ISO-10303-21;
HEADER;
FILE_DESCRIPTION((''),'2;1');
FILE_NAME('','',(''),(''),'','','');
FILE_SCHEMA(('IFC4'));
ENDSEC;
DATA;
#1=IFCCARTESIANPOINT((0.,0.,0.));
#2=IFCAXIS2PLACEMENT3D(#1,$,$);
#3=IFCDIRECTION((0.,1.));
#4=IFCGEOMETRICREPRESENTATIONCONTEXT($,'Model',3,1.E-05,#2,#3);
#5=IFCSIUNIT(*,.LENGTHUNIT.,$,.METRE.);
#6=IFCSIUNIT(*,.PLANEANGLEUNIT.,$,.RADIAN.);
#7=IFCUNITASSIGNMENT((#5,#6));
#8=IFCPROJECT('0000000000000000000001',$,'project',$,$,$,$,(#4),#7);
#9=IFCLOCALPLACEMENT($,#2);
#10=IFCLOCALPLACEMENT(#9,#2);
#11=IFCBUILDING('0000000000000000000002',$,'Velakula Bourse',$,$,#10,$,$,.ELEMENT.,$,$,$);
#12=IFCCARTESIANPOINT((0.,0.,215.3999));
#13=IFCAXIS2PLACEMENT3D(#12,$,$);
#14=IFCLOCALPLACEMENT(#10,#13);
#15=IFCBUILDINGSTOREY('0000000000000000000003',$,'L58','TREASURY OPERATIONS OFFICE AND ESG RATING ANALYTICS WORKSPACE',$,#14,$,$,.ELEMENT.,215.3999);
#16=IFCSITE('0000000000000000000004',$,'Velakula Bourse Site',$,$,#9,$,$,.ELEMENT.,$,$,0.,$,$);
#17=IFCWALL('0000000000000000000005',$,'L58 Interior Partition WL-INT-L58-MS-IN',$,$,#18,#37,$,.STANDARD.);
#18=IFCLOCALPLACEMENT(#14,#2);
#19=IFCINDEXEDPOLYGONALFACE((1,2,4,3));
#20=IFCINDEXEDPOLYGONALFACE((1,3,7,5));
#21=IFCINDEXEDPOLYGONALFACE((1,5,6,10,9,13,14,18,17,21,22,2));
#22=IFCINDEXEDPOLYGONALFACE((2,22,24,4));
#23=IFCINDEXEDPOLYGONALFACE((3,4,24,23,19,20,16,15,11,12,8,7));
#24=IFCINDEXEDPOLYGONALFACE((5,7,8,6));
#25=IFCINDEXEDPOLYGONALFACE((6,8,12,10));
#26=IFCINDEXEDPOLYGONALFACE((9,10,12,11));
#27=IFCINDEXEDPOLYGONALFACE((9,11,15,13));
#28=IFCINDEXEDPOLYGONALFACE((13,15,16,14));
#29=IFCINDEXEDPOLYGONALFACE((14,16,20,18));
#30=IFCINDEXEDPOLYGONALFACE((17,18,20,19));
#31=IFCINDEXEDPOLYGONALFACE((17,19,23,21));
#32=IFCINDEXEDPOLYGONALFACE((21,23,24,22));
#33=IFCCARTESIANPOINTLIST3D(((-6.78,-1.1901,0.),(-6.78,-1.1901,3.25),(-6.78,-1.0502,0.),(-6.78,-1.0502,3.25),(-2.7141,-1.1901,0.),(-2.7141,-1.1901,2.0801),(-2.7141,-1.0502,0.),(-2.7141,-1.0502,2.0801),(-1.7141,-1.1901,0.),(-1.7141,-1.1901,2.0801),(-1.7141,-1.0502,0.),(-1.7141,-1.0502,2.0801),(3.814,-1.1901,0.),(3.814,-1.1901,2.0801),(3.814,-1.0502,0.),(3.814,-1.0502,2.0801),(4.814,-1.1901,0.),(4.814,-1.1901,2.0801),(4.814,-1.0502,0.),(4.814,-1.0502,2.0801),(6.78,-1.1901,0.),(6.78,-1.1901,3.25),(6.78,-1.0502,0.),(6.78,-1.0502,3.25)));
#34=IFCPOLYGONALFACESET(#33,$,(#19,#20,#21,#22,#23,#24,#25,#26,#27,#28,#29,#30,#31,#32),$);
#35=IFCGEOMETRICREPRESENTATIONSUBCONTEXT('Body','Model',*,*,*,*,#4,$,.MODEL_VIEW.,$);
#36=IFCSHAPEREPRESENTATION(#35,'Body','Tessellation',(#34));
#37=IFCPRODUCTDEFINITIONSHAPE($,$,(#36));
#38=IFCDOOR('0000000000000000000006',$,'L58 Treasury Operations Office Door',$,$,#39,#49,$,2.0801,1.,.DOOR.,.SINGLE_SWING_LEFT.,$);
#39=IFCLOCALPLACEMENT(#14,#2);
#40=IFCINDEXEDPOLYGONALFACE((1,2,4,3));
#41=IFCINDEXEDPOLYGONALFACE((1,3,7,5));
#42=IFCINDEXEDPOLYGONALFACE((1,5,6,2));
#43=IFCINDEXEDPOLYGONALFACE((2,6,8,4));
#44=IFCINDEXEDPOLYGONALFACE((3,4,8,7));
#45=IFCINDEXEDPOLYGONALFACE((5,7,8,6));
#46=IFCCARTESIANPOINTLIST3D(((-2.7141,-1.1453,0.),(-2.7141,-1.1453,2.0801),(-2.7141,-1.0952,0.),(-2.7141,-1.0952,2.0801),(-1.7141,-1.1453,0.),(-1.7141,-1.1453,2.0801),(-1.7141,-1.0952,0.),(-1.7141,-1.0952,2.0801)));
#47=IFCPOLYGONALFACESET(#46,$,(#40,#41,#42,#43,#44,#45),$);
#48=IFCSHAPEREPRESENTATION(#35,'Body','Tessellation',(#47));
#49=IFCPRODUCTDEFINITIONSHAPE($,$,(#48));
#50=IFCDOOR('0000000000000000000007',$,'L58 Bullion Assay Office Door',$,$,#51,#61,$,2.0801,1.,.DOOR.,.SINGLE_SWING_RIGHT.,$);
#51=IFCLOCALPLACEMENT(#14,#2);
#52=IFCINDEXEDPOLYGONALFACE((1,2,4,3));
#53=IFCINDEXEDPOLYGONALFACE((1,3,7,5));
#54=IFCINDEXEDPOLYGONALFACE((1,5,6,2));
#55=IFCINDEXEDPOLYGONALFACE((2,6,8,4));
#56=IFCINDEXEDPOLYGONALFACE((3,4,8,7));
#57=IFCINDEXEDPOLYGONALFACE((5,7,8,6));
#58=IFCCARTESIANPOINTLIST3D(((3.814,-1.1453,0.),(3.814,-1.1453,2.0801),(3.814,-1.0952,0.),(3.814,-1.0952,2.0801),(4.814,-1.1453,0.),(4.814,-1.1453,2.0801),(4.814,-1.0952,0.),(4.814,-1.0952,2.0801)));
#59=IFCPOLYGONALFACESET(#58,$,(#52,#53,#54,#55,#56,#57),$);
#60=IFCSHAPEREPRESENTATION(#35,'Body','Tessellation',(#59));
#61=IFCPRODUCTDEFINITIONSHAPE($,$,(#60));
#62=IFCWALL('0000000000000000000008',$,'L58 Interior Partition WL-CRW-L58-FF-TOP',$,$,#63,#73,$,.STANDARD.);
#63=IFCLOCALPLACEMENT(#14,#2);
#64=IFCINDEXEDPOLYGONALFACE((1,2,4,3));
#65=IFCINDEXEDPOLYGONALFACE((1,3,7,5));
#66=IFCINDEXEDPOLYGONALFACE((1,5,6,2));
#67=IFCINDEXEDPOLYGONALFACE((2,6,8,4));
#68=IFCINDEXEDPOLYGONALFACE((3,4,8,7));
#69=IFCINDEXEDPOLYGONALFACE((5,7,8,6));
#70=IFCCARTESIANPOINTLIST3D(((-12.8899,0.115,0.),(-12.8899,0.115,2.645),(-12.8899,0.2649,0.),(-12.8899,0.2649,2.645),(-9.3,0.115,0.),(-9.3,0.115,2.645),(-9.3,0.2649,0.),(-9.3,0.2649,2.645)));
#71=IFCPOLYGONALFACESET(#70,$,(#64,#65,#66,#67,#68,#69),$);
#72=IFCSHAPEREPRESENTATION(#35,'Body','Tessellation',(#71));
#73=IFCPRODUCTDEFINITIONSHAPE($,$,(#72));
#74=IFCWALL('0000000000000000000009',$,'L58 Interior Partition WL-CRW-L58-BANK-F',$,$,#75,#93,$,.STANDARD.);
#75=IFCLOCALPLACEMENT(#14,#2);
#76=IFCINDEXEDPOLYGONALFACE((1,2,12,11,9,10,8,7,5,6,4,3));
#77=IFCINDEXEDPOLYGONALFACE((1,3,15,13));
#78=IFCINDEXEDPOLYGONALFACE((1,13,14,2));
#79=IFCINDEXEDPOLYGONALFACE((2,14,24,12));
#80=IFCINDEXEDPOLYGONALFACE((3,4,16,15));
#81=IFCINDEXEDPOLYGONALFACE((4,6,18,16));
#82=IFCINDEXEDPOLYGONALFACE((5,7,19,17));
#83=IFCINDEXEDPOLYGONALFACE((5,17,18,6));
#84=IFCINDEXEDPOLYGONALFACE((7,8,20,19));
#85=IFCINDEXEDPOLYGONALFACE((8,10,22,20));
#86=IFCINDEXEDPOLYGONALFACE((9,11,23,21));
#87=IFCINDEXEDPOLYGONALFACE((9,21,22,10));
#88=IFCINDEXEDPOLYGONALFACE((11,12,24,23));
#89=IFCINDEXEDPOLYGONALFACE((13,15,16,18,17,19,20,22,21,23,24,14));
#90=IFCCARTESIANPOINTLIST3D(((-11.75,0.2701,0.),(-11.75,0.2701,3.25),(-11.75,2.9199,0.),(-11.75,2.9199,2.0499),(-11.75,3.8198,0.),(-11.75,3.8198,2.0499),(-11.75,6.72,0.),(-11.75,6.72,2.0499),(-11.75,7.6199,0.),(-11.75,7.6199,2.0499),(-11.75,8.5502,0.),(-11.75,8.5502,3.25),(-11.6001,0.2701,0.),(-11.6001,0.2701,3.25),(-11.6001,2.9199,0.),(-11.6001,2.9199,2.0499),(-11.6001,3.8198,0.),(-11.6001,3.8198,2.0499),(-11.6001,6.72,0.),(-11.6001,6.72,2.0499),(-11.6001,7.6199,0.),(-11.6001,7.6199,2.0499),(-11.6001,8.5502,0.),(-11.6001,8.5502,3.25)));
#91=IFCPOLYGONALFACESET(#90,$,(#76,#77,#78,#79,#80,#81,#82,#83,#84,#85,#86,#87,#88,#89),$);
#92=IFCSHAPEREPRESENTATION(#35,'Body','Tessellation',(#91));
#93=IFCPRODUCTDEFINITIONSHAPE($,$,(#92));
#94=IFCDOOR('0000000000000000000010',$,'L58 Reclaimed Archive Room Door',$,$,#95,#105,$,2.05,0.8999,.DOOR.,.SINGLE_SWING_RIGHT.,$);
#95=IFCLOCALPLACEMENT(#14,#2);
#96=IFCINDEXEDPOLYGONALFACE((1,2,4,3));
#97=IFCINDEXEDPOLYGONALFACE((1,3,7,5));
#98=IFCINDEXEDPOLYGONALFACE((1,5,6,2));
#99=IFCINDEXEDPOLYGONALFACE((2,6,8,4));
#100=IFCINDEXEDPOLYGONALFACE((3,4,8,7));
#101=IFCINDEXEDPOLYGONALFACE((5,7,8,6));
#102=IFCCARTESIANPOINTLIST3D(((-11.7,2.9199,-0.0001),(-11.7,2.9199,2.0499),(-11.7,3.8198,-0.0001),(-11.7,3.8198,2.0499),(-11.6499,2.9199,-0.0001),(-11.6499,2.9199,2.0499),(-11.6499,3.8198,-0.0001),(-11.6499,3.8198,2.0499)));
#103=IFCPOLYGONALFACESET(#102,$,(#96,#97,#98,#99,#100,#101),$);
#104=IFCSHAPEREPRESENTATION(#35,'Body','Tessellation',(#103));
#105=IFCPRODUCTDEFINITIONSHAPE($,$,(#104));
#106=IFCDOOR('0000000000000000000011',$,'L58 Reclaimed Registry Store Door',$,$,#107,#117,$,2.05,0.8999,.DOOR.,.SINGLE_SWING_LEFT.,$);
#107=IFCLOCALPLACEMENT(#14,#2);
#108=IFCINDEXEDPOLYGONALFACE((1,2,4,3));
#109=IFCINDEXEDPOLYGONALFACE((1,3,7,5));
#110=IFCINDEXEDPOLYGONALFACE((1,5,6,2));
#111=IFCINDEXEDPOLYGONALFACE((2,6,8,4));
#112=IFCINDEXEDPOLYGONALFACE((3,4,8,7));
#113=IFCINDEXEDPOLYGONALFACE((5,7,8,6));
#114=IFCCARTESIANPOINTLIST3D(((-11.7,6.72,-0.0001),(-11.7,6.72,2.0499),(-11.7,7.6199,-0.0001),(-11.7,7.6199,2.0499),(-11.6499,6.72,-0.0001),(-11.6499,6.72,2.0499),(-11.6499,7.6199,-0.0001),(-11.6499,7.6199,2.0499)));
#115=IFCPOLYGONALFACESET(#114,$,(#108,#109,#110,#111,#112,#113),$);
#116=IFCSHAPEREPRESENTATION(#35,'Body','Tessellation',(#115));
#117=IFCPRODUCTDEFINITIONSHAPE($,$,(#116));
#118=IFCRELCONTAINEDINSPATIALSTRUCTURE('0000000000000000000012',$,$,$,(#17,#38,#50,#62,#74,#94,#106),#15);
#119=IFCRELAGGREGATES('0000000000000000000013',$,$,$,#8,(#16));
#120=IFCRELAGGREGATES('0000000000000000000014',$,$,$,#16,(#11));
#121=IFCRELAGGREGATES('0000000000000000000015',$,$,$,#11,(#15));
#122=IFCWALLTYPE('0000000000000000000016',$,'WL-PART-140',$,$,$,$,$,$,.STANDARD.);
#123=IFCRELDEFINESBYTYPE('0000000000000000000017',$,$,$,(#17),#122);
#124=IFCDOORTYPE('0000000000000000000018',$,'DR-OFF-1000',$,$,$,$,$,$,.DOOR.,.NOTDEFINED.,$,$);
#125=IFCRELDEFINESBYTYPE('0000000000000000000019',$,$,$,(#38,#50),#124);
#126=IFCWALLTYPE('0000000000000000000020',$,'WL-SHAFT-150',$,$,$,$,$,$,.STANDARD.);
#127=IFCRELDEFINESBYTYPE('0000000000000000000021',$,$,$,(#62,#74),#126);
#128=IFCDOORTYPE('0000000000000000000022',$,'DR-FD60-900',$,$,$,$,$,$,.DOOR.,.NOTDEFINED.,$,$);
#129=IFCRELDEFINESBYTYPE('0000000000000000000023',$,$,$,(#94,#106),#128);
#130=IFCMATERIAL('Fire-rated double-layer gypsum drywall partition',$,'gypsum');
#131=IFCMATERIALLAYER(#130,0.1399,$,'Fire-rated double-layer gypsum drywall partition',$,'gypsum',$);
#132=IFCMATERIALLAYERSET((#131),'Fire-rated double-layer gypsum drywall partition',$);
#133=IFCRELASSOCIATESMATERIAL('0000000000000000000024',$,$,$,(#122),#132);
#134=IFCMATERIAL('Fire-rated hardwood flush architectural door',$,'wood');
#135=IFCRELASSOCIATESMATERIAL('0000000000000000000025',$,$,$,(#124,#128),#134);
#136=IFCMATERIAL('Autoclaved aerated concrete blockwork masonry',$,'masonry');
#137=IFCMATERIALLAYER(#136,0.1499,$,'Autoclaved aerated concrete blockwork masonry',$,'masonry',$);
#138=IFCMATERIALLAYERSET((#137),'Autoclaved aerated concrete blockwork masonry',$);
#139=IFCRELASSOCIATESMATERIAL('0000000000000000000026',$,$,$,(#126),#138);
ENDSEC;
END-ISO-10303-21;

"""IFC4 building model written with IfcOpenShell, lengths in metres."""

from ifc_helpers import new_model, si_unit, direction, frame, frame_2d, origin, place, context, subcontext, project, spatial, rectangle, extrude, material, layer, layer_set, type_object, element, fill, save


model = new_model("IFC4")

# Units and contexts
model_context = context("Model", 3, precision=1e-05, world=origin(), true_north=direction((0.0, 1.0)))
body_context = subcontext(model_context, "Body", "Model", "MODEL_VIEW")
ifc_project = project(units=[si_unit("LENGTHUNIT", "METRE"), si_unit("PLANEANGLEUNIT", "RADIAN")], contexts=[model_context])

# Site, building, storey
site_placement = place(None, origin())
site = spatial("IfcSite", under=ifc_project, at=site_placement, Name="Velakula Bourse Site", CompositionType="ELEMENT", RefElevation=0.0)
building_placement = place(site_placement, origin())
building = spatial("IfcBuilding", under=site, at=building_placement, Name="Velakula Bourse", CompositionType="ELEMENT")
storey_placement = place(building_placement, frame((0.0, 0.0, 215.3999)))
storey = spatial("IfcBuildingStorey", under=building, at=storey_placement, Name="L58", Description="TREASURY OPERATIONS OFFICE AND ESG RATING ANALYTICS WORKSPACE", CompositionType="ELEMENT", Elevation=215.3999)

# Shared definitions
ifc_material_1 = material(Name="Fire-rated double-layer gypsum drywall partition", Category="gypsum")
ifc_material_2 = material(Name="Fire-rated hardwood flush architectural door", Category="wood")

# Shared definitions
ifc_layer_1 = layer(ifc_material_1, 0.1399, Name="Fire-rated double-layer gypsum drywall partition", Category="gypsum")
ifc_layer_set_1 = layer_set([ifc_layer_1], Name="Fire-rated double-layer gypsum drywall partition")
wall_type_1 = type_object("IfcWallType", Name="WL-PART-140", PredefinedType="STANDARD", material=ifc_layer_set_1)
door_type_1 = type_object("IfcDoorType", Name="DR-OFF-1000", OperationType="NOTDEFINED", PredefinedType="DOOR", material=ifc_material_2)

# Wall, openings, doors
wall_1_placement = place(storey_placement, frame((-6.78, -1.1201, 0.0), z_axis=(0.0, 0.0, 1.0), x_axis=(1.0, 0.0, 0.0)))
wall_1 = element("IfcWall", 1, at=wall_1_placement, inside=storey, type_object=wall_type_1, Name="L58 Interior Partition WL-INT-L58-MS-IN", PredefinedType="STANDARD", context=body_context, shape_type="SweptSolid", body=[
    extrude(rectangle(XDim=13.5601, YDim=0.1399, at=frame_2d((6.78, 0.0))), origin(), (0.0, 0.0, 1.0), 3.25),
])
opening_1_placement = place(wall_1_placement, frame((4.0659, 0.0, 0.0)))
opening_1 = element("IfcOpeningElement", 2, at=opening_1_placement, cuts=wall_1, PredefinedType="OPENING", context=body_context, shape_type="SweptSolid", body=[
    extrude(rectangle(XDim=1.0, YDim=2.0801, at=frame_2d((0.5, 1.04))), frame((0.0, 0.0798, 0.0), z_axis=(0.0, -1.0, 0.0), x_axis=(1.0, 0.0, 0.0)), (0.0, 0.0, 1.0), 0.1599),
])
opening_2_placement = place(wall_1_placement, frame((10.594, 0.0, 0.0)))
opening_2 = element("IfcOpeningElement", 3, at=opening_2_placement, cuts=wall_1, PredefinedType="OPENING", context=body_context, shape_type="SweptSolid", body=[
    extrude(rectangle(XDim=1.0, YDim=2.0801, at=frame_2d((0.5, 1.04))), frame((0.0, 0.0798, 0.0), z_axis=(0.0, -1.0, 0.0), x_axis=(1.0, 0.0, 0.0)), (0.0, 0.0, 1.0), 0.1599),
])
door_1_placement = place(opening_1_placement, origin())
door_1 = element("IfcDoor", 4, at=door_1_placement, inside=storey, type_object=door_type_1, Name="L58 Treasury Operations Office Door", OperationType="SINGLE_SWING_LEFT", OverallHeight=2.0801, OverallWidth=1.0, PredefinedType="DOOR", context=body_context, shape_type="SweptSolid", body=[
    extrude(rectangle(XDim=1.0, YDim=2.0801, at=frame_2d((0.5, 1.04))), frame((0.0, 0.0249, 0.0), z_axis=(0.0, -1.0, 0.0), x_axis=(1.0, 0.0, 0.0)), (0.0, 0.0, 1.0), 0.05),
])
fill(opening_1, door_1)
door_2_placement = place(opening_2_placement, origin())
door_2 = element("IfcDoor", 5, at=door_2_placement, inside=storey, type_object=door_type_1, Name="L58 Bullion Assay Office Door", OperationType="SINGLE_SWING_RIGHT", OverallHeight=2.0801, OverallWidth=1.0, PredefinedType="DOOR", context=body_context, shape_type="SweptSolid", body=[
    extrude(rectangle(XDim=1.0, YDim=2.0801, at=frame_2d((0.5, 1.04))), frame((0.0, 0.0249, 0.0), z_axis=(0.0, -1.0, 0.0), x_axis=(1.0, 0.0, 0.0)), (0.0, 0.0, 1.0), 0.05),
])
fill(opening_2, door_2)

# Wall
ifc_material_3 = material(Name="Autoclaved aerated concrete blockwork masonry", Category="masonry")
ifc_layer_2 = layer(ifc_material_3, 0.1499, Name="Autoclaved aerated concrete blockwork masonry", Category="masonry")
ifc_layer_set_2 = layer_set([ifc_layer_2], Name="Autoclaved aerated concrete blockwork masonry")
wall_type_2 = type_object("IfcWallType", Name="WL-SHAFT-150", PredefinedType="STANDARD", material=ifc_layer_set_2)
wall_2_placement = place(storey_placement, frame((-12.8899, 0.1899, 0.0), z_axis=(0.0, 0.0, 1.0), x_axis=(1.0, 0.0, 0.0)))
element("IfcWall", 6, at=wall_2_placement, inside=storey, type_object=wall_type_2, Name="L58 Interior Partition WL-CRW-L58-FF-TOP", PredefinedType="STANDARD", context=body_context, shape_type="SweptSolid", body=[
    extrude(rectangle(XDim=3.5898, YDim=0.1499, at=frame_2d((1.7949, 0.0))), origin(), (0.0, 0.0, 1.0), 2.645),
])

# Wall, openings, doors
wall_3_placement = place(storey_placement, frame((-11.675, 0.27, 0.0), z_axis=(0.0, 0.0, 1.0), x_axis=(0.0, 1.0, 0.0)))
wall_3 = element("IfcWall", 7, at=wall_3_placement, inside=storey, type_object=wall_type_2, Name="L58 Interior Partition WL-CRW-L58-BANK-F", PredefinedType="STANDARD", context=body_context, shape_type="SweptSolid", body=[
    extrude(rectangle(XDim=8.28, YDim=0.1499, at=frame_2d((4.1401, 0.0))), origin(), (0.0, 0.0, 1.0), 3.25),
])
opening_3_placement = place(wall_3_placement, frame((2.6499, 0.0, 0.0)))
opening_3 = element("IfcOpeningElement", 8, at=opening_3_placement, cuts=wall_3, PredefinedType="OPENING", context=body_context, shape_type="SweptSolid", body=[
    extrude(rectangle(XDim=0.8999, YDim=2.05, at=frame_2d((0.45, 1.0249))), frame((0.0, 0.085, 0.0), z_axis=(0.0, -1.0, 0.0), x_axis=(1.0, 0.0, 0.0)), (0.0, 0.0, 1.0), 0.1699),
])
opening_4_placement = place(wall_3_placement, frame((6.45, 0.0, 0.0)))
opening_4 = element("IfcOpeningElement", 9, at=opening_4_placement, cuts=wall_3, PredefinedType="OPENING", context=body_context, shape_type="SweptSolid", body=[
    extrude(rectangle(XDim=0.8999, YDim=2.05, at=frame_2d((0.45, 1.0249))), frame((0.0, 0.085, 0.0), z_axis=(0.0, -1.0, 0.0), x_axis=(1.0, 0.0, 0.0)), (0.0, 0.0, 1.0), 0.1699),
])
door_type_2 = type_object("IfcDoorType", Name="DR-FD60-900", OperationType="NOTDEFINED", PredefinedType="DOOR", material=ifc_material_2)
door_3_placement = place(opening_3_placement, origin())
door_3 = element("IfcDoor", 10, at=door_3_placement, inside=storey, type_object=door_type_2, Name="L58 Reclaimed Archive Room Door", OperationType="SINGLE_SWING_RIGHT", OverallHeight=2.05, OverallWidth=0.8999, PredefinedType="DOOR", context=body_context, shape_type="SweptSolid", body=[
    extrude(rectangle(XDim=0.8999, YDim=2.05, at=frame_2d((0.45, 1.0249))), frame((0.0, 0.0249, 0.0), z_axis=(0.0, -1.0, 0.0), x_axis=(1.0, 0.0, 0.0)), (0.0, 0.0, 1.0), 0.05),
])
fill(opening_3, door_3)
door_4_placement = place(opening_4_placement, origin())
door_4 = element("IfcDoor", 11, at=door_4_placement, inside=storey, type_object=door_type_2, Name="L58 Reclaimed Registry Store Door", OperationType="SINGLE_SWING_LEFT", OverallHeight=2.05, OverallWidth=0.8999, PredefinedType="DOOR", context=body_context, shape_type="SweptSolid", body=[
    extrude(rectangle(XDim=0.8999, YDim=2.05, at=frame_2d((0.45, 1.0249))), frame((0.0, 0.0249, 0.0), z_axis=(0.0, -1.0, 0.0), x_axis=(1.0, 0.0, 0.0)), (0.0, 0.0, 1.0), 0.05),
])
fill(opening_4, door_4)

save(model, "model.ifc")
